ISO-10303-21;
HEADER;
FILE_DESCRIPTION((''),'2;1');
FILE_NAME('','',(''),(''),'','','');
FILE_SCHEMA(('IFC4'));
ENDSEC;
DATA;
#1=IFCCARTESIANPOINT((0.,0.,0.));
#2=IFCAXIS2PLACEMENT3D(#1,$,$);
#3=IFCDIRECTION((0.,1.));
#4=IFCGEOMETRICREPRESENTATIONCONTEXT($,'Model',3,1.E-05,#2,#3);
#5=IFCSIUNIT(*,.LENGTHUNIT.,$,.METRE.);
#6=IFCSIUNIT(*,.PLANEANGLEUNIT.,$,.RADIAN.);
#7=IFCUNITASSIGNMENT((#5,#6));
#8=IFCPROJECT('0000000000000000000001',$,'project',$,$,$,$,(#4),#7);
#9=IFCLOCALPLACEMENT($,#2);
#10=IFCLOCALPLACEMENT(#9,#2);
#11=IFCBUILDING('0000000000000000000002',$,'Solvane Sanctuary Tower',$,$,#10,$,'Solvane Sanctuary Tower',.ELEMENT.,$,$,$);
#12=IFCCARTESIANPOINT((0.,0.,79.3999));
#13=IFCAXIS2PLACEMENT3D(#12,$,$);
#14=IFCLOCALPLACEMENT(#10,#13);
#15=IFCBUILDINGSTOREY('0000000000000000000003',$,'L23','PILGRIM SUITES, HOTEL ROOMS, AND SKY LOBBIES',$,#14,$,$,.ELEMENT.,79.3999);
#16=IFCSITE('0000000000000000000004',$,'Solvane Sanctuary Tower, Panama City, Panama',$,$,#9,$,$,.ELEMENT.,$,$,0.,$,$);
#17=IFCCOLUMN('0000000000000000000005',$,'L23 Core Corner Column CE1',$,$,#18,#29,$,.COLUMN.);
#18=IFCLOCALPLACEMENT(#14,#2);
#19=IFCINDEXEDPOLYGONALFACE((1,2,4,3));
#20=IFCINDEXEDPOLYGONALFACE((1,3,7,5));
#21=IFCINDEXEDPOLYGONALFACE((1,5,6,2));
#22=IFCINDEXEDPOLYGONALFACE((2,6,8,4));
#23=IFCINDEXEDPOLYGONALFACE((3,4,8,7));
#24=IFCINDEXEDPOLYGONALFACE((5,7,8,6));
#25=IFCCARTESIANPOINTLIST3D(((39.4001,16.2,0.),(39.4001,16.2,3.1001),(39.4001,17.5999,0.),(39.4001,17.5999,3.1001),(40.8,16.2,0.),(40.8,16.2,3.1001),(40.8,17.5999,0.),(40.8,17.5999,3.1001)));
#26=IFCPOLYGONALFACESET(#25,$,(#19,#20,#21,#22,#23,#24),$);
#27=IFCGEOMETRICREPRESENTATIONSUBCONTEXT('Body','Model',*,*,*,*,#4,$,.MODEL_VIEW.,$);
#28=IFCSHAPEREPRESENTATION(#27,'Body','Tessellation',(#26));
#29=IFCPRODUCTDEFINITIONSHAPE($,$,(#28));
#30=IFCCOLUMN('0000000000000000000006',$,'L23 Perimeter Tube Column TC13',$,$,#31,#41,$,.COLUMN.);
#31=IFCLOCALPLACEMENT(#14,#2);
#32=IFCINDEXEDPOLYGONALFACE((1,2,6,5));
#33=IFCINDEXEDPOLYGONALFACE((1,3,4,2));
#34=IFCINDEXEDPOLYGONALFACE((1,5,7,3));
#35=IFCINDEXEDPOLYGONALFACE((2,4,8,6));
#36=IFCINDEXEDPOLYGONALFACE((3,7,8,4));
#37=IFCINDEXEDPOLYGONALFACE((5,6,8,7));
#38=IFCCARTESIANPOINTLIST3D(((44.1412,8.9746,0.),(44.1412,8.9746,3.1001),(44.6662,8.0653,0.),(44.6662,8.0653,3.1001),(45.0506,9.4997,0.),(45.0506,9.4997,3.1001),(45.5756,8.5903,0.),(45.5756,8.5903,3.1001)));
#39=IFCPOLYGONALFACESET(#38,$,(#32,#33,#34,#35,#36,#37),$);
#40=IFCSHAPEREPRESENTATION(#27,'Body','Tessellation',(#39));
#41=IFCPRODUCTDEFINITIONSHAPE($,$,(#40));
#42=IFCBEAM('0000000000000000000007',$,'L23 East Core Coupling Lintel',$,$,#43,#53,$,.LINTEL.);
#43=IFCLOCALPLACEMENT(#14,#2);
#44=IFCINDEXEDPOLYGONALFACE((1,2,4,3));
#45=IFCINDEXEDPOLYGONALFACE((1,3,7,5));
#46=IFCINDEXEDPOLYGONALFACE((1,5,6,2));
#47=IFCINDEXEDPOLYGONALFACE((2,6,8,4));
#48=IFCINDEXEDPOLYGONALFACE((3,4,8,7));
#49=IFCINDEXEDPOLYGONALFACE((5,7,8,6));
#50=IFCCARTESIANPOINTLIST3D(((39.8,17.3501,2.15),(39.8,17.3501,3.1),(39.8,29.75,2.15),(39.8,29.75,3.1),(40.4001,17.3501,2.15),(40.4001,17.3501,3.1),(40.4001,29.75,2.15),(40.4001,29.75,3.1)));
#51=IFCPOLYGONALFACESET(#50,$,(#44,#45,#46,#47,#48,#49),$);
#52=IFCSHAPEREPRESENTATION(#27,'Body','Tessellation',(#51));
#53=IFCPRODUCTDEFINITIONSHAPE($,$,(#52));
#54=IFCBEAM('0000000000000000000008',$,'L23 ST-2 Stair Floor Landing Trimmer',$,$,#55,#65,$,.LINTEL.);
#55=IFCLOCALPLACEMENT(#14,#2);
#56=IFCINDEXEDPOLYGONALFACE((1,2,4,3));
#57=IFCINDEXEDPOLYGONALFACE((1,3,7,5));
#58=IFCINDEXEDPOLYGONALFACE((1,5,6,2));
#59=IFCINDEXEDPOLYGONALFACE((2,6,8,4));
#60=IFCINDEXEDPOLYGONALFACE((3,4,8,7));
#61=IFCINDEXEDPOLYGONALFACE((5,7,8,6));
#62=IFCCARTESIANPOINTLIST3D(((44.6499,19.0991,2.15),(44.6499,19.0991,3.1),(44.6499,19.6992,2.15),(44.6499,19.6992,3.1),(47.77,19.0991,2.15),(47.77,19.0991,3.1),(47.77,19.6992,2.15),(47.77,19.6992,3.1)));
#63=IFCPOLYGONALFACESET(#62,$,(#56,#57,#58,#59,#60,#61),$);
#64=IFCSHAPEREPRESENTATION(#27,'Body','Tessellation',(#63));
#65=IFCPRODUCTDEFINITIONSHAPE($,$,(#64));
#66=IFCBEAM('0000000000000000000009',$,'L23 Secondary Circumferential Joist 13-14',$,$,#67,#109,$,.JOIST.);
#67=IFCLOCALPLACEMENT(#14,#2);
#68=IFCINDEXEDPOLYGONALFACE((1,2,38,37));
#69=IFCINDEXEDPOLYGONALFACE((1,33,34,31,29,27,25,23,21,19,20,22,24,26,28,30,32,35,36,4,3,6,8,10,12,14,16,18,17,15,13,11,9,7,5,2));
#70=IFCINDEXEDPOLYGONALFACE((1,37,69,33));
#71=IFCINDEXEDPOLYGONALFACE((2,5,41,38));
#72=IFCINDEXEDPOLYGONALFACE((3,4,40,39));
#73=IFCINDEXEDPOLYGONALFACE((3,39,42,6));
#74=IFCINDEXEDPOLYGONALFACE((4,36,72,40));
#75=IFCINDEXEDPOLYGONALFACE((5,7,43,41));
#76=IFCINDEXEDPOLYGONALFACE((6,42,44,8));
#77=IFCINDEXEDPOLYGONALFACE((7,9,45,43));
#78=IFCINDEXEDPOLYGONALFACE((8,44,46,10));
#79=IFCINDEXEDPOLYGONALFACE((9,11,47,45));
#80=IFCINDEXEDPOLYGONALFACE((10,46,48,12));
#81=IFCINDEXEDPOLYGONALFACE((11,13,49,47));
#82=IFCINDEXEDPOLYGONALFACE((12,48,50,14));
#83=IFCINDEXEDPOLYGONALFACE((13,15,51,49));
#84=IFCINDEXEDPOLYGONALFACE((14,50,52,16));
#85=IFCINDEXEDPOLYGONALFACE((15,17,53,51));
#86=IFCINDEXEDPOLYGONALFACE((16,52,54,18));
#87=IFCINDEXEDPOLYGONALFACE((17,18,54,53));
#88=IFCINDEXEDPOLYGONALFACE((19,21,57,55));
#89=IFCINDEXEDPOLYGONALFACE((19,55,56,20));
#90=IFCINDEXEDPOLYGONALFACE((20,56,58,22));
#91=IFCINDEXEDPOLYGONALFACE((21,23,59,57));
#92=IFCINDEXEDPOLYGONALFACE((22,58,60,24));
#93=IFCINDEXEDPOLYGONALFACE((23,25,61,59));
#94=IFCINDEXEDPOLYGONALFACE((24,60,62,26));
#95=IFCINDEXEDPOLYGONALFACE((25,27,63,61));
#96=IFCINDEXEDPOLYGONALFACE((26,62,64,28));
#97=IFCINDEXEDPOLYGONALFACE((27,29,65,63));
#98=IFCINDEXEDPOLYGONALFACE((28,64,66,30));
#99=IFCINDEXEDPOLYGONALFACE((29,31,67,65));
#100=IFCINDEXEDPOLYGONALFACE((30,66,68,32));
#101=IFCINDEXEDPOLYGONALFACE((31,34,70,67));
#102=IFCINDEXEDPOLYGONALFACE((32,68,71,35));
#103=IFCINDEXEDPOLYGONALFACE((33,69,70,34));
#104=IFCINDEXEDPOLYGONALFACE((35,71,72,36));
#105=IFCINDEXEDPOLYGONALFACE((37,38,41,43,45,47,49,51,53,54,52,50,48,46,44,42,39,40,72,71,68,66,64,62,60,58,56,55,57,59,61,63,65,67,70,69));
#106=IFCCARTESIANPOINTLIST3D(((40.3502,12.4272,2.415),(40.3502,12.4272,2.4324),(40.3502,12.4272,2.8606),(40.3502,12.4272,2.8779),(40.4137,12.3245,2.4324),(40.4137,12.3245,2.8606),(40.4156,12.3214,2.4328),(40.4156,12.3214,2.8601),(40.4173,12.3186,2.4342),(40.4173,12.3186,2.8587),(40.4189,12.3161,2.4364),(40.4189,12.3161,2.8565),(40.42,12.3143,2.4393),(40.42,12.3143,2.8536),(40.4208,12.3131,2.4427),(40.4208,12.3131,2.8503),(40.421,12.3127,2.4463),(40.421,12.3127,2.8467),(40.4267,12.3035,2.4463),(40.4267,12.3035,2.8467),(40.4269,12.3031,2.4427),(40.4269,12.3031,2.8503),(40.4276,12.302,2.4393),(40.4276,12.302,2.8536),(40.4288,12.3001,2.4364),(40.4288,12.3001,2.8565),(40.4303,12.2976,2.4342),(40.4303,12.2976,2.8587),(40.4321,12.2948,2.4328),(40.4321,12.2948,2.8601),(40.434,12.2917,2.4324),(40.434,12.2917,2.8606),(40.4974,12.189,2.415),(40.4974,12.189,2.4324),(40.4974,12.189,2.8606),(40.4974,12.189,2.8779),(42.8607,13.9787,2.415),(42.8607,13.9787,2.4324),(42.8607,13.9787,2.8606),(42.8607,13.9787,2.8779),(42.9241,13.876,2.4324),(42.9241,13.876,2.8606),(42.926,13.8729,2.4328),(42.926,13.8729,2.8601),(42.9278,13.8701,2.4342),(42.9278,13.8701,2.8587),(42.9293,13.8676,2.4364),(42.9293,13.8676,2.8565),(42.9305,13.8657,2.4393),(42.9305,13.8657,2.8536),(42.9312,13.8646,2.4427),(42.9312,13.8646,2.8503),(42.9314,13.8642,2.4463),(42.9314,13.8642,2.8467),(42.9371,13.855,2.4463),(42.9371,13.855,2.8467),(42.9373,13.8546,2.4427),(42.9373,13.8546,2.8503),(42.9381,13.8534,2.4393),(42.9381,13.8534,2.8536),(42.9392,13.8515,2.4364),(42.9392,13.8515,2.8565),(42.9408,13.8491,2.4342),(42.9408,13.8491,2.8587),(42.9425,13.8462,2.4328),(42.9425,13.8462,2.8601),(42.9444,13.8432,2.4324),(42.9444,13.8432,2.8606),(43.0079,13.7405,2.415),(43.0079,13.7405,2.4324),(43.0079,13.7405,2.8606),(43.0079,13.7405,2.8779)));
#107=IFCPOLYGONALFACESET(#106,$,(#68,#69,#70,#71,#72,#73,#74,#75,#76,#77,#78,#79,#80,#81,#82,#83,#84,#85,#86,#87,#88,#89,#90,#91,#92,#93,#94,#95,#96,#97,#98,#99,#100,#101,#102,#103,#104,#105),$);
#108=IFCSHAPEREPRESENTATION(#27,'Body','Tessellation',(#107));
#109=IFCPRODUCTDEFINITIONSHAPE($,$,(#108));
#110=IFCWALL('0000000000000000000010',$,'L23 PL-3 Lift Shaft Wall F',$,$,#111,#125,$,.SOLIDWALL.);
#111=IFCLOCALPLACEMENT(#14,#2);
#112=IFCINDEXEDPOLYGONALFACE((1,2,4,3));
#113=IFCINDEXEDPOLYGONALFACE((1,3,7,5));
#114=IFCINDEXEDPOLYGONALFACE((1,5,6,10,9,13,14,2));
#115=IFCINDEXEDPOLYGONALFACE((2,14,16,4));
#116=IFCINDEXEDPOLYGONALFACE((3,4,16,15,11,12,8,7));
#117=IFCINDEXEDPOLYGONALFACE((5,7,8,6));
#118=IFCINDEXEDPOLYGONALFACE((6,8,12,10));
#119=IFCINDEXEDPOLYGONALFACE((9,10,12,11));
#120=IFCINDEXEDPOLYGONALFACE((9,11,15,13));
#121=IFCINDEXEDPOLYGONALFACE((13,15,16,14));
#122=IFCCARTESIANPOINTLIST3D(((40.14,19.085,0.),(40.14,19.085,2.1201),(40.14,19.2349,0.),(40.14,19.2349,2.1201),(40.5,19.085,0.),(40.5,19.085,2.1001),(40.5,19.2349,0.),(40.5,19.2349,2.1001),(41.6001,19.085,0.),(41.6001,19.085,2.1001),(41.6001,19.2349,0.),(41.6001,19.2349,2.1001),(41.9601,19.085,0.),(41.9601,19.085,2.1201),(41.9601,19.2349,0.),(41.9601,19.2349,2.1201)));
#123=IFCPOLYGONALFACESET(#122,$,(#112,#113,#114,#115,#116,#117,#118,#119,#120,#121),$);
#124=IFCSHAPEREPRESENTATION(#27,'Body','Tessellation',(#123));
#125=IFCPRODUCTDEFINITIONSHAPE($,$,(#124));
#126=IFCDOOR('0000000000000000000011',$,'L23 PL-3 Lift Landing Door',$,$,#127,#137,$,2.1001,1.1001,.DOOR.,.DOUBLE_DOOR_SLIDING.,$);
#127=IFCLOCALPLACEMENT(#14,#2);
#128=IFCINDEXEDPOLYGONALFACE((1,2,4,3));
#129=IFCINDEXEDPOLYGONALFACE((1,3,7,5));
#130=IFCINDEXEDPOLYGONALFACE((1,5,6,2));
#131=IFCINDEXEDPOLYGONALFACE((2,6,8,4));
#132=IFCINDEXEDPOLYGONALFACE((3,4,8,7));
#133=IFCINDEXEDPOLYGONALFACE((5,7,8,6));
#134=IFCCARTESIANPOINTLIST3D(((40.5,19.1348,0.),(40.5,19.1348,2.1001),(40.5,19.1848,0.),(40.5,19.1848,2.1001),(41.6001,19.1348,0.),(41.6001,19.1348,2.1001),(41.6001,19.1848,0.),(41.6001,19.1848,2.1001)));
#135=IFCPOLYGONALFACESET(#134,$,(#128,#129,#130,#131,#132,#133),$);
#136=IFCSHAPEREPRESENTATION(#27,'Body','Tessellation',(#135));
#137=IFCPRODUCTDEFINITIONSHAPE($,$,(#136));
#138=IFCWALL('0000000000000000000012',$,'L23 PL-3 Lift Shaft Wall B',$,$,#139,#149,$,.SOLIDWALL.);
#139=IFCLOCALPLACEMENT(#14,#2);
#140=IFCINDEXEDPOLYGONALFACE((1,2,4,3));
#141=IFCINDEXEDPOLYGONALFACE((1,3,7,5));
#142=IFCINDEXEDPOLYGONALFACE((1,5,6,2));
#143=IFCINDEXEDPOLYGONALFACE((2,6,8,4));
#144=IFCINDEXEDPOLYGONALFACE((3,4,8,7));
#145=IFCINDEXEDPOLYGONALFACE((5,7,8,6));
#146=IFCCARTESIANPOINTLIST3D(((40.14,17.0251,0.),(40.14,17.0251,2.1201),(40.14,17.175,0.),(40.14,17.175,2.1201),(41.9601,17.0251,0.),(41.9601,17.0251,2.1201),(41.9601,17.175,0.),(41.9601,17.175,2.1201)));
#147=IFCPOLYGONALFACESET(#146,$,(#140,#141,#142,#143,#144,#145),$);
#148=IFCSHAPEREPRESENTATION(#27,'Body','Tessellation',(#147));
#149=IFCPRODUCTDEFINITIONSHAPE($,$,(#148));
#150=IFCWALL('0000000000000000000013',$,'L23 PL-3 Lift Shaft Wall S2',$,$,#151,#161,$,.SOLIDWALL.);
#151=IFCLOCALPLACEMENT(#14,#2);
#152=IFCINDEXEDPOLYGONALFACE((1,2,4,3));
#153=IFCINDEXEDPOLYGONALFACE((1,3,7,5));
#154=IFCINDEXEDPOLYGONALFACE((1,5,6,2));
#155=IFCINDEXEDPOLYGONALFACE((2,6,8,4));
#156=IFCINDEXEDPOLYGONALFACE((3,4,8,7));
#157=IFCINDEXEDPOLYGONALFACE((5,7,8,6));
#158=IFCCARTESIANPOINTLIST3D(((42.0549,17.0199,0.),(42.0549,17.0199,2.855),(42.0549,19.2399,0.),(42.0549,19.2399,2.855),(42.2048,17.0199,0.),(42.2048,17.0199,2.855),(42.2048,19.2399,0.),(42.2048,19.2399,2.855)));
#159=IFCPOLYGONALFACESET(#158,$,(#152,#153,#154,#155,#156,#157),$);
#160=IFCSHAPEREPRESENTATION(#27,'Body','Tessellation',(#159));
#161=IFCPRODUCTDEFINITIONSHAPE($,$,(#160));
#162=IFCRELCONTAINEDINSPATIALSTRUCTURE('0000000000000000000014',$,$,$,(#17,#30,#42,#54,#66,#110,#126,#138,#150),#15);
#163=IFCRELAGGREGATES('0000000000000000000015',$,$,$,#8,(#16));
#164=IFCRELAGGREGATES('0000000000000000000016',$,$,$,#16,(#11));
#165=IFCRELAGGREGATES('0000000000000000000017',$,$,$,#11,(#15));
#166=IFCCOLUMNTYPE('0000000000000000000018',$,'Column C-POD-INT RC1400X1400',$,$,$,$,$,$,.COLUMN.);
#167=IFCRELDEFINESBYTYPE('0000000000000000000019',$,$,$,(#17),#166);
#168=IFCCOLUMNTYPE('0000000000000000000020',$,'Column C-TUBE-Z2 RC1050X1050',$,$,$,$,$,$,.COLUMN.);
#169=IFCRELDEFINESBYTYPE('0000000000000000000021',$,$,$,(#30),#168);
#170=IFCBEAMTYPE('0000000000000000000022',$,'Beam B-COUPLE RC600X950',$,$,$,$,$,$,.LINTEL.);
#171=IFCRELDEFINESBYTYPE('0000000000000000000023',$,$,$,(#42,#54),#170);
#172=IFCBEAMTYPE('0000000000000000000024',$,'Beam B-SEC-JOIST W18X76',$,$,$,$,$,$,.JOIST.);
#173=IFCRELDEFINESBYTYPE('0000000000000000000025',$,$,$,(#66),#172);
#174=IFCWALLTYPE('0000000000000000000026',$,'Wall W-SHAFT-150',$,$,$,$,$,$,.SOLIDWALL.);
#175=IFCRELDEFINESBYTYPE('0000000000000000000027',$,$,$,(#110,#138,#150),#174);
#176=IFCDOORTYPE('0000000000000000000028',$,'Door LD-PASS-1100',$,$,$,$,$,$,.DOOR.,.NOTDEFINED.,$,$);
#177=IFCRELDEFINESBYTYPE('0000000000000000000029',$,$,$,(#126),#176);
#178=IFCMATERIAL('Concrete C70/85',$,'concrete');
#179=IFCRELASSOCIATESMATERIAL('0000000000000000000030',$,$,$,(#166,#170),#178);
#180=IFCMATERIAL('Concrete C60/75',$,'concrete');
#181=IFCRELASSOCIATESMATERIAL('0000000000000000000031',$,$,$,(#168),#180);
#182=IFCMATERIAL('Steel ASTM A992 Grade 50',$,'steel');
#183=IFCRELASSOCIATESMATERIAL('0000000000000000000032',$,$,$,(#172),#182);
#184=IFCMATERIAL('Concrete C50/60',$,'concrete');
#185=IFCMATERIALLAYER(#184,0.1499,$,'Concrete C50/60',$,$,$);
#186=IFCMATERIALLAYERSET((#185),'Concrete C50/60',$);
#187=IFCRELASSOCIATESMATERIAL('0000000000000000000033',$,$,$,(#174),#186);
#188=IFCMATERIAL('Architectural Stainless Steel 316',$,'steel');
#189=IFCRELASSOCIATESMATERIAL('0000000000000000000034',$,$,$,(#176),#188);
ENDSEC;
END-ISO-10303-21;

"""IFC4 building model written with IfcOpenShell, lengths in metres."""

from ifc_helpers import new_model, si_unit, direction, frame, frame_2d, origin, origin_2d, place, context, subcontext, project, spatial, rectangle, i_section, extrude, material, layer, layer_set, material_profile, profile_set, type_object, element, fill, save


model = new_model("IFC4")

# Units and contexts
model_context = context("Model", 3, precision=1e-05, world=origin(), true_north=direction((0.0, 1.0)))
body_context = subcontext(model_context, "Body", "Model", "MODEL_VIEW")
ifc_project = project(units=[si_unit("LENGTHUNIT", "METRE"), si_unit("PLANEANGLEUNIT", "RADIAN")], contexts=[model_context])

# Site, building, storey
site_placement = place(None, origin())
site = spatial("IfcSite", under=ifc_project, at=site_placement, Name="Solvane Sanctuary Tower, Panama City, Panama", CompositionType="ELEMENT", RefElevation=0.0)
building_placement = place(site_placement, origin())
building = spatial("IfcBuilding", under=site, at=building_placement, Name="Solvane Sanctuary Tower", LongName="Solvane Sanctuary Tower", CompositionType="ELEMENT")
storey_placement = place(building_placement, frame((0.0, 0.0, 79.3999)))
storey = spatial("IfcBuildingStorey", under=building, at=storey_placement, Name="L23", Description="PILGRIM SUITES, HOTEL ROOMS, AND SKY LOBBIES", CompositionType="ELEMENT", Elevation=79.3999)

# Columns
ifc_material_1 = material(Name="Concrete C70/85", Category="concrete")
ifc_material_profile_1 = material_profile(ifc_material_1, rectangle(XDim=1.3999, YDim=1.3999, at=origin_2d()), Name="RC1400X1400")
ifc_profile_set_1 = profile_set([ifc_material_profile_1], Name="Concrete C70/85")
column_type_1 = type_object("IfcColumnType", Name="Column C-POD-INT RC1400X1400", PredefinedType="COLUMN", material=ifc_profile_set_1)
column_1_placement = place(storey_placement, frame((40.1001, 16.8999, 0.0), z_axis=(0.0, 0.0, 1.0), x_axis=(1.0, 0.0, 0.0)))
element("IfcColumn", 1, at=column_1_placement, inside=storey, type_object=column_type_1, Name="L23 Core Corner Column CE1", PredefinedType="COLUMN", context=body_context, shape_type="SweptSolid", body=[
    extrude(rectangle(XDim=1.3999, YDim=1.3999, at=origin_2d()), origin(), (0.0, 0.0, 1.0), 3.1001),
])
ifc_material_2 = material(Name="Concrete C60/75", Category="concrete")
ifc_material_profile_2 = material_profile(ifc_material_2, rectangle(XDim=1.05, YDim=1.05, at=origin_2d()), Name="RC1050X1050")
ifc_profile_set_2 = profile_set([ifc_material_profile_2], Name="Concrete C60/75")
column_type_2 = type_object("IfcColumnType", Name="Column C-TUBE-Z2 RC1050X1050", PredefinedType="COLUMN", material=ifc_profile_set_2)
column_2_placement = place(storey_placement, frame((44.8584, 8.7825, 0.0), z_axis=(0.0, 0.0, 1.0), x_axis=(0.5, -0.866025, 0.0)))
element("IfcColumn", 2, at=column_2_placement, inside=storey, type_object=column_type_2, Name="L23 Perimeter Tube Column TC13", PredefinedType="COLUMN", context=body_context, shape_type="SweptSolid", body=[
    extrude(rectangle(XDim=1.05, YDim=1.05, at=origin_2d()), origin(), (0.0, 0.0, 1.0), 3.1001),
])

# Beams
ifc_material_profile_3 = material_profile(ifc_material_1, rectangle(XDim=0.6001, YDim=0.95, at=origin_2d()), Name="RC600X950")
ifc_profile_set_3 = profile_set([ifc_material_profile_3], Name="Concrete C70/85")
beam_type_1 = type_object("IfcBeamType", Name="Beam B-COUPLE RC600X950", PredefinedType="LINTEL", material=ifc_profile_set_3)
beam_1_placement = place(storey_placement, frame((40.1001, 17.3501, 2.625), z_axis=(0.0, 1.0, 0.0), x_axis=(-1.0, 0.0, 0.0)))
element("IfcBeam", 3, at=beam_1_placement, inside=storey, type_object=beam_type_1, Name="L23 East Core Coupling Lintel", PredefinedType="LINTEL", context=body_context, shape_type="SweptSolid", body=[
    extrude(rectangle(XDim=0.6001, YDim=0.95, at=origin_2d()), origin(), (0.0, 0.0, 1.0), 12.3999),
])
beam_2_placement = place(storey_placement, frame((44.6499, 19.3992, 2.625), z_axis=(1.0, 0.0, 0.0), x_axis=(0.0, 1.0, 0.0)))
element("IfcBeam", 4, at=beam_2_placement, inside=storey, type_object=beam_type_1, Name="L23 ST-2 Stair Floor Landing Trimmer", PredefinedType="LINTEL", context=body_context, shape_type="SweptSolid", body=[
    extrude(rectangle(XDim=0.6001, YDim=0.95, at=origin_2d()), origin(), (0.0, 0.0, 1.0), 3.1201),
])
ifc_material_3 = material(Name="Steel ASTM A992 Grade 50", Category="steel")
ifc_material_profile_4 = material_profile(ifc_material_3, i_section(OverallWidth=0.28, OverallDepth=0.4629, WebThickness=0.0107, FlangeThickness=0.0173, FilletRadius=0.0139, at=origin_2d()), Name="W18X76")
ifc_profile_set_4 = profile_set([ifc_material_profile_4], Name="Steel ASTM A992 Grade 50")
beam_type_2 = type_object("IfcBeamType", Name="Beam B-SEC-JOIST W18X76", PredefinedType="JOIST", material=ifc_profile_set_4)
beam_3_placement = place(storey_placement, frame((40.4238, 12.3081, 2.6465), z_axis=(0.85066, 0.525717, 0.0), x_axis=(-0.525717, 0.85066, 0.0)))
element("IfcBeam", 5, at=beam_3_placement, inside=storey, type_object=beam_type_2, Name="L23 Secondary Circumferential Joist 13-14", PredefinedType="JOIST", context=body_context, shape_type="SweptSolid", body=[
    extrude(i_section(OverallWidth=0.28, OverallDepth=0.4629, WebThickness=0.0107, FlangeThickness=0.0173, FilletRadius=0.0139, at=origin_2d()), origin(), (0.0, 0.0, 1.0), 2.9512),
])

# Wall, opening, door
ifc_material_4 = material(Name="Concrete C50/60", Category="concrete")
ifc_layer_1 = layer(ifc_material_4, 0.1499, Name="Concrete C50/60")
ifc_layer_set_1 = layer_set([ifc_layer_1], Name="Concrete C50/60")
wall_type_1 = type_object("IfcWallType", Name="Wall W-SHAFT-150", PredefinedType="SOLIDWALL", material=ifc_layer_set_1)
wall_1_placement = place(storey_placement, frame((40.1399, 19.1599, 0.0), z_axis=(0.0, 0.0, 1.0), x_axis=(1.0, 0.0, 0.0)))
wall_1 = element("IfcWall", 6, at=wall_1_placement, inside=storey, type_object=wall_type_1, Name="L23 PL-3 Lift Shaft Wall F", PredefinedType="SOLIDWALL", context=body_context, shape_type="SweptSolid", body=[
    extrude(rectangle(XDim=1.8201, YDim=0.1499, at=frame_2d((0.9102, 0.0))), origin(), (0.0, 0.0, 1.0), 2.1201),
])
opening_1_placement = place(wall_1_placement, frame((0.3601, 0.0, 0.0)))
opening_1 = element("IfcOpeningElement", 7, at=opening_1_placement, cuts=wall_1, PredefinedType="OPENING", context=body_context, shape_type="SweptSolid", body=[
    extrude(rectangle(XDim=1.1001, YDim=2.1001, at=frame_2d((0.55, 1.05))), frame((0.0, 0.085, 0.0), z_axis=(0.0, -1.0, 0.0), x_axis=(1.0, 0.0, 0.0)), (0.0, 0.0, 1.0), 0.1699),
])
ifc_material_5 = material(Name="Architectural Stainless Steel 316", Category="steel")
door_type_1 = type_object("IfcDoorType", Name="Door LD-PASS-1100", OperationType="NOTDEFINED", PredefinedType="DOOR", material=ifc_material_5)
door_1_placement = place(opening_1_placement, origin())
door_1 = element("IfcDoor", 8, at=door_1_placement, inside=storey, type_object=door_type_1, Name="L23 PL-3 Lift Landing Door", OperationType="DOUBLE_DOOR_SLIDING", OverallHeight=2.1001, OverallWidth=1.1001, PredefinedType="DOOR", context=body_context, shape_type="SweptSolid", body=[
    extrude(rectangle(XDim=1.1001, YDim=2.1001, at=frame_2d((0.55, 1.05))), frame((0.0, 0.0249, 0.0), z_axis=(0.0, -1.0, 0.0), x_axis=(1.0, 0.0, 0.0)), (0.0, 0.0, 1.0), 0.05),
])
fill(opening_1, door_1)

# Walls
wall_2_placement = place(storey_placement, frame((40.1399, 17.1001, 0.0), z_axis=(0.0, 0.0, 1.0), x_axis=(1.0, 0.0, 0.0)))
element("IfcWall", 9, at=wall_2_placement, inside=storey, type_object=wall_type_1, Name="L23 PL-3 Lift Shaft Wall B", PredefinedType="SOLIDWALL", context=body_context, shape_type="SweptSolid", body=[
    extrude(rectangle(XDim=1.8201, YDim=0.1499, at=frame_2d((0.9102, 0.0))), origin(), (0.0, 0.0, 1.0), 2.1201),
])
wall_3_placement = place(storey_placement, frame((42.1299, 17.02, 0.0), z_axis=(0.0, 0.0, 1.0), x_axis=(0.0, 1.0, 0.0)))
element("IfcWall", 10, at=wall_3_placement, inside=storey, type_object=wall_type_1, Name="L23 PL-3 Lift Shaft Wall S2", PredefinedType="SOLIDWALL", context=body_context, shape_type="SweptSolid", body=[
    extrude(rectangle(XDim=2.22, YDim=0.1499, at=frame_2d((1.1099, 0.0))), origin(), (0.0, 0.0, 1.0), 2.855),
])

save(model, "model.ifc")
